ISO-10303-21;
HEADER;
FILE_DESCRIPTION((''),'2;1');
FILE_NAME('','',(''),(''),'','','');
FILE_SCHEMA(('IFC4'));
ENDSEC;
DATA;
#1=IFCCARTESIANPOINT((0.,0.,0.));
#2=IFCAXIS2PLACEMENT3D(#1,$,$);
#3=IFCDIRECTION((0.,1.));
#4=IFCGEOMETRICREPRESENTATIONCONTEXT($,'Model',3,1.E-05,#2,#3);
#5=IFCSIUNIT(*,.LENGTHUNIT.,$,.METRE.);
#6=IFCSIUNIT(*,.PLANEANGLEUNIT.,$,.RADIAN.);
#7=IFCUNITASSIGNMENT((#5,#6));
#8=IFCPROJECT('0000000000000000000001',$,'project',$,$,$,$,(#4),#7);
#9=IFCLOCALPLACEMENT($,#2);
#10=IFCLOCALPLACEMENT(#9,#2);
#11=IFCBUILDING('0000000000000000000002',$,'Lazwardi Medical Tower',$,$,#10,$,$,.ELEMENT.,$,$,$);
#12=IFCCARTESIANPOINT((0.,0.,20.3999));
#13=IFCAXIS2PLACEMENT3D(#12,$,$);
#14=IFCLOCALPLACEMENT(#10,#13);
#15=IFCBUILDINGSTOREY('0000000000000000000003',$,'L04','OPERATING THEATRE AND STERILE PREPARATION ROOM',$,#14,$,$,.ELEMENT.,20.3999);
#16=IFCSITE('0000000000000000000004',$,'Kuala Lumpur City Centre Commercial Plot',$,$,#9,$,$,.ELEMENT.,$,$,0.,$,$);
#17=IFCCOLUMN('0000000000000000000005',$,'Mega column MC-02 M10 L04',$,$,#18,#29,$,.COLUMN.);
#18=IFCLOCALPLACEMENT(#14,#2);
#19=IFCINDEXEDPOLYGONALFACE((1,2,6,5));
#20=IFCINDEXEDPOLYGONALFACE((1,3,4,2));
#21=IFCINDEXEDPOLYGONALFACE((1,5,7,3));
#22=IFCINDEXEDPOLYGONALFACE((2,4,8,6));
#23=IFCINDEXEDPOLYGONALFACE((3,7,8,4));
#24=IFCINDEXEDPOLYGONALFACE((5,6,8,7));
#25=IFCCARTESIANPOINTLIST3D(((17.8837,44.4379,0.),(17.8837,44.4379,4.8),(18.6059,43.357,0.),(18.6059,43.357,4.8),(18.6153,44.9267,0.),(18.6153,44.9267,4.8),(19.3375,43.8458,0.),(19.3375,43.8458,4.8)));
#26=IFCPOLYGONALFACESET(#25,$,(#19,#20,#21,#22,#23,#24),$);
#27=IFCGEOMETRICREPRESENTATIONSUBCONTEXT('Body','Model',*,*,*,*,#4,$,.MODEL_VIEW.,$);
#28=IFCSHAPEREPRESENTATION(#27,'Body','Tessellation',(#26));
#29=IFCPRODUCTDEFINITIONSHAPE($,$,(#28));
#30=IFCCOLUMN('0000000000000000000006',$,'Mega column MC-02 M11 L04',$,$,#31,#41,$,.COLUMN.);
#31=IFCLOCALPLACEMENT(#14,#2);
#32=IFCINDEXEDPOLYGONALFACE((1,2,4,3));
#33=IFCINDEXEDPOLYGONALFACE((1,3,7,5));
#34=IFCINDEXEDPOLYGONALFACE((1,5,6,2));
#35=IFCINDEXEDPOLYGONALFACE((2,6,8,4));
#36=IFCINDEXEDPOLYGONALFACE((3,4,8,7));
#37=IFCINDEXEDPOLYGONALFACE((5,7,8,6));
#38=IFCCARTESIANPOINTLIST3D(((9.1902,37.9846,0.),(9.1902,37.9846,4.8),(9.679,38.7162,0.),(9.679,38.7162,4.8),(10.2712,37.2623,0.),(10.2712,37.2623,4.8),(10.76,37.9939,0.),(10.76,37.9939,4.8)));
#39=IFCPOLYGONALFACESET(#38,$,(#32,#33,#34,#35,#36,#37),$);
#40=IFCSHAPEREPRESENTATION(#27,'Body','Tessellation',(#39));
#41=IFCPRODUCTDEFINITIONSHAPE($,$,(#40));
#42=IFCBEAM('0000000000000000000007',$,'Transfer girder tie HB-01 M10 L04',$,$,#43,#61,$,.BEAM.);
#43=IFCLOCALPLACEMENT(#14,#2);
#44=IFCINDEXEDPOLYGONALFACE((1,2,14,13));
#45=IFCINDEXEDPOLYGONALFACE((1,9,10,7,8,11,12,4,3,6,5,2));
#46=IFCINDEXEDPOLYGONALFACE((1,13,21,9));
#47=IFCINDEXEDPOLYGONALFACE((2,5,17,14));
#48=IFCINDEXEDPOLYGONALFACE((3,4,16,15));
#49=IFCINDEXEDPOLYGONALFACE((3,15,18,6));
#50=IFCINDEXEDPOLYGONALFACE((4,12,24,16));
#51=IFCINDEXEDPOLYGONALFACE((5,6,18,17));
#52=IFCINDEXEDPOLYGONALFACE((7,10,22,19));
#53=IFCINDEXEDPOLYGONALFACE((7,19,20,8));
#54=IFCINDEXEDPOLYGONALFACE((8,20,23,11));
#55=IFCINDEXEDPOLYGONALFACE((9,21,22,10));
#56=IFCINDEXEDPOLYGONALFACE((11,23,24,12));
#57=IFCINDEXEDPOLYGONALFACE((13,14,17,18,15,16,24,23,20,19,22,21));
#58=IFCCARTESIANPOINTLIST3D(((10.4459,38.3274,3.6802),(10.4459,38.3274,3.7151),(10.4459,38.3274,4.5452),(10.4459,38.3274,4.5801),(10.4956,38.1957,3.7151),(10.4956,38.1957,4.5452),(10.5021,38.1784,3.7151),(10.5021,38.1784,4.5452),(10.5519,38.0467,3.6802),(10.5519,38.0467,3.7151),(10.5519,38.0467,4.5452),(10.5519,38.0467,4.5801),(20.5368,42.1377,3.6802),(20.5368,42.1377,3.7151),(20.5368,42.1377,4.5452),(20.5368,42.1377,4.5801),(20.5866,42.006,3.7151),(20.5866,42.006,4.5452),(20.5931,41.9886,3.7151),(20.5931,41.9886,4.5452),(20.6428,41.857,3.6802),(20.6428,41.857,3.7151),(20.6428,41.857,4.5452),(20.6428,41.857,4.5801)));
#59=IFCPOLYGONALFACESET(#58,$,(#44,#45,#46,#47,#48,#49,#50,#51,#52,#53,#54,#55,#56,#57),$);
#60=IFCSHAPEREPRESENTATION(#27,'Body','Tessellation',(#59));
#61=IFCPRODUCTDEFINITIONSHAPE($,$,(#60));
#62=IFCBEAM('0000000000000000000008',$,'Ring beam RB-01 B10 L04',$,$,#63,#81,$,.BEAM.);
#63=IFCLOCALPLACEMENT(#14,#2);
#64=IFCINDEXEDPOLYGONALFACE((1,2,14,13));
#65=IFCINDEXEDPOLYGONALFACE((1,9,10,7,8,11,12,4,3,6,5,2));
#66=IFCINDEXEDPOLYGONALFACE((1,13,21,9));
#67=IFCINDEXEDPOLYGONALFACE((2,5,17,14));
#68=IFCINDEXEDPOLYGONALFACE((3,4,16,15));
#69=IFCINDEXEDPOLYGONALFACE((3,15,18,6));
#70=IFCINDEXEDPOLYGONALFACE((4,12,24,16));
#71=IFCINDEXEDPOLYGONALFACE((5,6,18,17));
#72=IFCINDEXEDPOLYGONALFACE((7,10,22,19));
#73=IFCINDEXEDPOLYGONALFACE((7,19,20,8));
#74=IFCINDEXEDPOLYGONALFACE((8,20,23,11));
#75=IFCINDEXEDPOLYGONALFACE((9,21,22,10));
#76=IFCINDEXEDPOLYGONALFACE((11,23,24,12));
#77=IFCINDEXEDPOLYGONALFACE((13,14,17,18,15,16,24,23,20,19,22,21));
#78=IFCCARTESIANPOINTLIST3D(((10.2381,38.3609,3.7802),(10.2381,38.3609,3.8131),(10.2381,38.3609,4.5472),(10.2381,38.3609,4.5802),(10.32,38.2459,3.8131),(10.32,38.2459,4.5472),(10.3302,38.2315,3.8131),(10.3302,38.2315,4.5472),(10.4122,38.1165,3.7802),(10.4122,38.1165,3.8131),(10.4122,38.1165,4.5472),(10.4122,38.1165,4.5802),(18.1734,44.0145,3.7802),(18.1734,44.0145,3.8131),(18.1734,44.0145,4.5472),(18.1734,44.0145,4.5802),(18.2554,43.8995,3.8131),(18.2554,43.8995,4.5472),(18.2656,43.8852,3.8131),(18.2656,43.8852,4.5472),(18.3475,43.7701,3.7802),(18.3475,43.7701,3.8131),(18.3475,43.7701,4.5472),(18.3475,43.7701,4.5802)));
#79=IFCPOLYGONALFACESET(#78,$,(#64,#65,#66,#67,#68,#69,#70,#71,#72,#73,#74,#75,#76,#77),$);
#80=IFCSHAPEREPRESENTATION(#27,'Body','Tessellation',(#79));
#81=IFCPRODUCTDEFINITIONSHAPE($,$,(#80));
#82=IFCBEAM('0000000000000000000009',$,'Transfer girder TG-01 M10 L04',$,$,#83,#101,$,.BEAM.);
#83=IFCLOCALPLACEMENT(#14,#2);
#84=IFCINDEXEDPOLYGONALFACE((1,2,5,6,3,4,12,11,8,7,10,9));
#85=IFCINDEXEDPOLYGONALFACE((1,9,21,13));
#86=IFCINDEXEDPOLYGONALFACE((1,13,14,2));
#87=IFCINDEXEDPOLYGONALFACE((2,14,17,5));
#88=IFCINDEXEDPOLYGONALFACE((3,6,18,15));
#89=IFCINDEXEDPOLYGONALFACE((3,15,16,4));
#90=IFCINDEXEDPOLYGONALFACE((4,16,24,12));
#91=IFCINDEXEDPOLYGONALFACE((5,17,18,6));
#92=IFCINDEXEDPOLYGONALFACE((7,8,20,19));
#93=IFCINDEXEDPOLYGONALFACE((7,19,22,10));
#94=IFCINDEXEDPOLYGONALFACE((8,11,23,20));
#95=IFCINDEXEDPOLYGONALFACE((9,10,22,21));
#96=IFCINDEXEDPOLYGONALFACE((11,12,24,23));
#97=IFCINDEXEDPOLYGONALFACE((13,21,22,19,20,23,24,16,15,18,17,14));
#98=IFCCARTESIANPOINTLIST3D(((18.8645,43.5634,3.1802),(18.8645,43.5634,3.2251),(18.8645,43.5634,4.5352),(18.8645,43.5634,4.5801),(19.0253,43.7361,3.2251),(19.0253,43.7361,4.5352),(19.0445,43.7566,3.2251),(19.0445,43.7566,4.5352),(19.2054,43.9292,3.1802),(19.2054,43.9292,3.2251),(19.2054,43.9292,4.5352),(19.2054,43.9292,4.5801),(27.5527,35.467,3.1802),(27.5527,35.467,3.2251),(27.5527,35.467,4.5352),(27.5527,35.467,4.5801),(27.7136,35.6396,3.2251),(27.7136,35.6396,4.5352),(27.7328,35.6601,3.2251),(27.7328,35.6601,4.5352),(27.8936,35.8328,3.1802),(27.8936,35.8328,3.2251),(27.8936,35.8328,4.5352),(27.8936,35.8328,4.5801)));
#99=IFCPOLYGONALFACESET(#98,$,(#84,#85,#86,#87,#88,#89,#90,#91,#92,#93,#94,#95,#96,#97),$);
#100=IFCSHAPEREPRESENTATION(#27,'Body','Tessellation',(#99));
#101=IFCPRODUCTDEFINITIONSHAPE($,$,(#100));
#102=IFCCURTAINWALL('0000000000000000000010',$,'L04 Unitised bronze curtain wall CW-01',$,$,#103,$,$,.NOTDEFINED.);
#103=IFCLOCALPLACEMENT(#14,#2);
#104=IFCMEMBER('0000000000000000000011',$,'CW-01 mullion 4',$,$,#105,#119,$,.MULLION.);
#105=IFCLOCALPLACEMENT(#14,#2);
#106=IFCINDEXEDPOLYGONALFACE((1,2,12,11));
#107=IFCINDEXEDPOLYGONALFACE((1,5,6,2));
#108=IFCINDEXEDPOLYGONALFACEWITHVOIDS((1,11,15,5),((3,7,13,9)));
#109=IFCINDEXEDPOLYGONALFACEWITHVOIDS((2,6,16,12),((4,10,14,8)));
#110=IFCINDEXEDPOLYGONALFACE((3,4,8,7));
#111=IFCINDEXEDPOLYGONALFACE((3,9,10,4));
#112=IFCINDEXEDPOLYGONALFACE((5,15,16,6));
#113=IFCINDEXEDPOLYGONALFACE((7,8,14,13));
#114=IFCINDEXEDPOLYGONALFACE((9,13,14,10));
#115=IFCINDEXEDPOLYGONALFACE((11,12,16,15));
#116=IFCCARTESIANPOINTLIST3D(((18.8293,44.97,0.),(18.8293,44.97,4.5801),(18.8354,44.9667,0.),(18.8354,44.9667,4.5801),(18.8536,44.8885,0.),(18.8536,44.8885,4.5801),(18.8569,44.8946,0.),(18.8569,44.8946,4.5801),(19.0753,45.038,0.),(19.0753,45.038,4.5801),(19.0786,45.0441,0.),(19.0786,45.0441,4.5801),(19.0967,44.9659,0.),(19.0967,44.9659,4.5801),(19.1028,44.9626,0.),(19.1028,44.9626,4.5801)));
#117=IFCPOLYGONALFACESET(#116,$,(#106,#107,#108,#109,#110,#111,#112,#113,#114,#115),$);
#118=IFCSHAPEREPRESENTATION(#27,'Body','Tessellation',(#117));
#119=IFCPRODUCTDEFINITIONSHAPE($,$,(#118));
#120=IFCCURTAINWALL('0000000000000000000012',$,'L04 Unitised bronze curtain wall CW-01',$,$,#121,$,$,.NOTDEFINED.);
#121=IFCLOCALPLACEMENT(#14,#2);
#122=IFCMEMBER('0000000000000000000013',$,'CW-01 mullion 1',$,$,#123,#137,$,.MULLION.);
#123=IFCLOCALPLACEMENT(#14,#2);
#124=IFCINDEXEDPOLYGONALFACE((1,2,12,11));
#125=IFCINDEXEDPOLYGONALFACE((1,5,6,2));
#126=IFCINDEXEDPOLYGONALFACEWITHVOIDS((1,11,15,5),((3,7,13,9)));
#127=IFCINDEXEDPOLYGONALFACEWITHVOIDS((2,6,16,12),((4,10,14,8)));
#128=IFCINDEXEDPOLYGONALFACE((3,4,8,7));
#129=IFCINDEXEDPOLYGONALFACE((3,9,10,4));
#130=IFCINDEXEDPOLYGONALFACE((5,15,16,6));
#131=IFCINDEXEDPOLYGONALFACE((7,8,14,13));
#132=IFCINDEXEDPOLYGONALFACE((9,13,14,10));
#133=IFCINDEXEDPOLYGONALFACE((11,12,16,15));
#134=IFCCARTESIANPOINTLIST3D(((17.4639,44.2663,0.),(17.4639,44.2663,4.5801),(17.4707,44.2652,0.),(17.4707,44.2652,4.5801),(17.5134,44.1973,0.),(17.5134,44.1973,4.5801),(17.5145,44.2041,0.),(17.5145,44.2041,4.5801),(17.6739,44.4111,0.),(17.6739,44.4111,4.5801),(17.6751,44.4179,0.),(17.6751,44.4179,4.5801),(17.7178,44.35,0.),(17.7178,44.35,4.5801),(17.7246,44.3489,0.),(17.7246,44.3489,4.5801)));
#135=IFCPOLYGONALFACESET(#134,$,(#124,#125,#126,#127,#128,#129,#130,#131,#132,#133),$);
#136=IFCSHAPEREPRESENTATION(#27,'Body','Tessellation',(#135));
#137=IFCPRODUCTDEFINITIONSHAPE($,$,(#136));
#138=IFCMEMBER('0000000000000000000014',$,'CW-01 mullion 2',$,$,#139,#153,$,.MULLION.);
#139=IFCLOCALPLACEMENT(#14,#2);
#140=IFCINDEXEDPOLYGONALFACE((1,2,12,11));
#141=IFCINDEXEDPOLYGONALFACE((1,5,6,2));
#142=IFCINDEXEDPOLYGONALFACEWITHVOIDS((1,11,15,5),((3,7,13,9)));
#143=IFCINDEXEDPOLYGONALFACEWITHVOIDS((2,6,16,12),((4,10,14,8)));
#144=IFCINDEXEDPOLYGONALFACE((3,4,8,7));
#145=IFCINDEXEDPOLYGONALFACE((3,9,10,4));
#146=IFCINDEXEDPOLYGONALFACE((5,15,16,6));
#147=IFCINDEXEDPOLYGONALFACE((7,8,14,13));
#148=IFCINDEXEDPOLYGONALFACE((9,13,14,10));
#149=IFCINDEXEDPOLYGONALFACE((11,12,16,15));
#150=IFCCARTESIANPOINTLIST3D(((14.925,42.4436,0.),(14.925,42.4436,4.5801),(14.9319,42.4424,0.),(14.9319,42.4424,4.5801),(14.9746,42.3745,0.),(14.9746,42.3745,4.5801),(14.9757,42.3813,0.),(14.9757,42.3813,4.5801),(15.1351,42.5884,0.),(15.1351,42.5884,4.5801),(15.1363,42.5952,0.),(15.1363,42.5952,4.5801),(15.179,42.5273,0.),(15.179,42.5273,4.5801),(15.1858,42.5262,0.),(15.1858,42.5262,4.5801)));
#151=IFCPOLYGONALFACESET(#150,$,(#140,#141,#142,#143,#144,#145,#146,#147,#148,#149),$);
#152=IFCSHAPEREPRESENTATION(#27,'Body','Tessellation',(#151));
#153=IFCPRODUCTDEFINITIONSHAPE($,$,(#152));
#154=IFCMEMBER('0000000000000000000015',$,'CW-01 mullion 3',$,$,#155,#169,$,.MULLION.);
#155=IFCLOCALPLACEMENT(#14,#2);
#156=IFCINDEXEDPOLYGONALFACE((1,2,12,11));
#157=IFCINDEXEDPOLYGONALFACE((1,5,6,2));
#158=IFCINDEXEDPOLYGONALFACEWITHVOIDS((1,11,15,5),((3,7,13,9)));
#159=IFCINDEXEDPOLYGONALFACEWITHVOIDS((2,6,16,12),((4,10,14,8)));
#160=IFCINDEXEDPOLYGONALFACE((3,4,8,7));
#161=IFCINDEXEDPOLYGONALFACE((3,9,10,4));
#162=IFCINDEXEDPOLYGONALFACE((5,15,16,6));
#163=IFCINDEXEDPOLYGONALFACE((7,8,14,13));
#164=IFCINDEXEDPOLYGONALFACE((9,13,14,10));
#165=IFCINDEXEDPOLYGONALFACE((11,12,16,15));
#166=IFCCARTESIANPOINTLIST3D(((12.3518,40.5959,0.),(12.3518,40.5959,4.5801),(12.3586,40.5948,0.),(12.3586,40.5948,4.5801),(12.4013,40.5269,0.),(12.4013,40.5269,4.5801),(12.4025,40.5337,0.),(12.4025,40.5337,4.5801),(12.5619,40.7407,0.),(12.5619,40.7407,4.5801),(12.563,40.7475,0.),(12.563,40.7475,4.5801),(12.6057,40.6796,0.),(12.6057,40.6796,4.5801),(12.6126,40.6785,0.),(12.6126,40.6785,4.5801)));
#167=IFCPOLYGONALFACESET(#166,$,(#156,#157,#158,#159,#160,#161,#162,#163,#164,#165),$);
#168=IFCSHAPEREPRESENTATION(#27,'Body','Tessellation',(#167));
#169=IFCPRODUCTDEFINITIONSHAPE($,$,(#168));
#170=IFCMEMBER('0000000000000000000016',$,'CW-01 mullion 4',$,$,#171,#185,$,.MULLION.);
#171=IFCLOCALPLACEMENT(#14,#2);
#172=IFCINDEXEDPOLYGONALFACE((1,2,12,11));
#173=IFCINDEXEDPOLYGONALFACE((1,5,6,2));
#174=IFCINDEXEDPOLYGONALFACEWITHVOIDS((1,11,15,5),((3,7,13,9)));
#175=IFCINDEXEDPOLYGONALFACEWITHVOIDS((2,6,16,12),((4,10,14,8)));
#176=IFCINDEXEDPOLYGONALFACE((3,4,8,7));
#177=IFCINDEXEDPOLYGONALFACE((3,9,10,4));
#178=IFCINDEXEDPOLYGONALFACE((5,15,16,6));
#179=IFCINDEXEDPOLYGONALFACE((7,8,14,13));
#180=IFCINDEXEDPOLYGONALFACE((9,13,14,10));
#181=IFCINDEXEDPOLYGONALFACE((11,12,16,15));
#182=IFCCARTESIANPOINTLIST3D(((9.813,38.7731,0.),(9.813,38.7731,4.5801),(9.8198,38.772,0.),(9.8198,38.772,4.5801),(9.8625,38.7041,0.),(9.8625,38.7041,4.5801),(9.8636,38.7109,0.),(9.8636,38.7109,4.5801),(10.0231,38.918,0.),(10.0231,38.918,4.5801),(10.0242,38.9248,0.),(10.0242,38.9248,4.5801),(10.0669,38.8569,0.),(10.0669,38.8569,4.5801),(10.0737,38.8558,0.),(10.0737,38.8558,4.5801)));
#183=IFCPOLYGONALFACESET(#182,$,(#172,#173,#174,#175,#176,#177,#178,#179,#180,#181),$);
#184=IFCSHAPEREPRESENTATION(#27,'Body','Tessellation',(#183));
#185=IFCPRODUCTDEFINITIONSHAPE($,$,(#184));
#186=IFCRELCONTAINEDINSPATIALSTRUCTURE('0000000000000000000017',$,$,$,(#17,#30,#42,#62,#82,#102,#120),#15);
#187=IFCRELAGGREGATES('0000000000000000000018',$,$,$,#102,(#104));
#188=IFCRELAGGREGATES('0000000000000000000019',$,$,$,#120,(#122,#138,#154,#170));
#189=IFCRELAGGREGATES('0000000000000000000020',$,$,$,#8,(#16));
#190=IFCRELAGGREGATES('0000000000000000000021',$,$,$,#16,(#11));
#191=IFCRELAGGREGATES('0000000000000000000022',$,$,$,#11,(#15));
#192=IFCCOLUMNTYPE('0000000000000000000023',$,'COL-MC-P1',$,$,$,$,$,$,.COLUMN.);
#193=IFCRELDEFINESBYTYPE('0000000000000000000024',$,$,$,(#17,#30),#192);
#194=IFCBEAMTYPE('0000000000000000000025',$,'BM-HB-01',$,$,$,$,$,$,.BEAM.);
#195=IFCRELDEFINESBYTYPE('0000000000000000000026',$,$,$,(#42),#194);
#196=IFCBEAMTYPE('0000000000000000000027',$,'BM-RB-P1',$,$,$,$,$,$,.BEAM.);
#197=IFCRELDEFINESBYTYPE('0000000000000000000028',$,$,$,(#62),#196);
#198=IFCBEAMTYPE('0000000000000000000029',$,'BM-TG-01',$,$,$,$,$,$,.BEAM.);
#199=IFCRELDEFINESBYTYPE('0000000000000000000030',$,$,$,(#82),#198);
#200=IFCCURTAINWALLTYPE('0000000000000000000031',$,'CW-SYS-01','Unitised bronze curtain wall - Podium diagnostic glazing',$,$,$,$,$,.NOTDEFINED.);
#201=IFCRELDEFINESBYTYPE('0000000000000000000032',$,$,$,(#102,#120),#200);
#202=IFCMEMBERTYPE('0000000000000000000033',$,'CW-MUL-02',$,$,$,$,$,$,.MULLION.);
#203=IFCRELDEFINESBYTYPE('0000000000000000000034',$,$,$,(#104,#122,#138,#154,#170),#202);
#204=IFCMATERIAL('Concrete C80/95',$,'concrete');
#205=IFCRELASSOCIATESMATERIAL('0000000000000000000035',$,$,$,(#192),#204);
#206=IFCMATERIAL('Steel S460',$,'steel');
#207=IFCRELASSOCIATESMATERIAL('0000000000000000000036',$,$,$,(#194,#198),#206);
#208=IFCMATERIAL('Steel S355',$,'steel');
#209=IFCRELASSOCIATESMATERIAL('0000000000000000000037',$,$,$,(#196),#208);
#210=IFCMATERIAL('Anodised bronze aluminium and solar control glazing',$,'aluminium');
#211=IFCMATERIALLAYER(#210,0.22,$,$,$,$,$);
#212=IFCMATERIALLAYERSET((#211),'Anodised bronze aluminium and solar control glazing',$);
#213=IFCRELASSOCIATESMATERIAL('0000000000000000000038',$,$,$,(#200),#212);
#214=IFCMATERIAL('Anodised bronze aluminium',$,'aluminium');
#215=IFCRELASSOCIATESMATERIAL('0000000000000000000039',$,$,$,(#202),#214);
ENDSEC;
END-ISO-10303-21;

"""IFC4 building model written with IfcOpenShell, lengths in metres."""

from ifc_helpers import new_model, si_unit, direction, frame, origin, origin_2d, place, context, subcontext, project, spatial, rectangle, hollow_rectangle, i_section, extrude, material, layer, layer_set, material_profile, profile_set, type_object, element, aggregate, save


model = new_model("IFC4")

# Units and contexts
model_context = context("Model", 3, precision=1e-05, world=origin(), true_north=direction((0.0, 1.0)))
body_context = subcontext(model_context, "Body", "Model", "MODEL_VIEW")
ifc_project = project(units=[si_unit("LENGTHUNIT", "METRE"), si_unit("PLANEANGLEUNIT", "RADIAN")], contexts=[model_context])

# Site, building, storey
site_placement = place(None, origin())
site = spatial("IfcSite", under=ifc_project, at=site_placement, Name="Kuala Lumpur City Centre Commercial Plot", CompositionType="ELEMENT", RefElevation=0.0)
building_placement = place(site_placement, origin())
building = spatial("IfcBuilding", under=site, at=building_placement, Name="Lazwardi Medical Tower", CompositionType="ELEMENT")
storey_placement = place(building_placement, frame((0.0, 0.0, 20.3999)))
storey = spatial("IfcBuildingStorey", under=building, at=storey_placement, Name="L04", Description="OPERATING THEATRE AND STERILE PREPARATION ROOM", CompositionType="ELEMENT", Elevation=20.3999)

# Columns
ifc_material_1 = material(Name="Concrete C80/95", Category="concrete")
ifc_material_profile_1 = material_profile(ifc_material_1, rectangle(XDim=1.3, YDim=0.8799, at=origin_2d()), Name="CFT-RECT 1300x880")
ifc_profile_set_1 = profile_set([ifc_material_profile_1], Name="Concrete C80/95")
column_type = type_object("IfcColumnType", Name="COL-MC-P1", PredefinedType="COLUMN", material=ifc_profile_set_1)
for number, where, z_axis, x_axis, name in (
    (1, (18.6106, 44.1418, 0.0), (0.0, 0.0, 1.0), (-0.55557, 0.83147, 0.0), "Mega column MC-02 M10 L04"),
    (2, (9.9751, 37.9893, 0.0), (0.0, 0.0, 1.0), (-0.83147, 0.55557, 0.0), "Mega column MC-02 M11 L04"),
):
    element("IfcColumn", number, at=place(storey_placement, frame(where, z_axis=z_axis, x_axis=x_axis)), inside=storey, type_object=column_type, Name=name, PredefinedType="COLUMN", context=body_context, shape_type="SweptSolid", body=[
        extrude(rectangle(XDim=1.3, YDim=0.8799, at=origin_2d()), origin(), (0.0, 0.0, 1.0), 4.8),
    ])

# Beams
ifc_material_2 = material(Name="Steel S460", Category="steel")
ifc_material_profile_2 = material_profile(ifc_material_2, i_section(OverallWidth=0.3, OverallDepth=0.8999, WebThickness=0.0186, FlangeThickness=0.0349, at=origin_2d()), Name="HEB 900")
ifc_profile_set_2 = profile_set([ifc_material_profile_2], Name="Steel S460")
beam_type_1 = type_object("IfcBeamType", Name="BM-HB-01", PredefinedType="BEAM", material=ifc_profile_set_2)
beam_1_placement = place(storey_placement, frame((20.5898, 41.9973, 4.1301), z_axis=(-0.93553, -0.353248, 0.0), x_axis=(0.353248, -0.93553, 0.0)))
element("IfcBeam", 3, at=beam_1_placement, inside=storey, type_object=beam_type_1, Name="Transfer girder tie HB-01 M10 L04", PredefinedType="BEAM", context=body_context, shape_type="SweptSolid", body=[
    extrude(i_section(OverallWidth=0.3, OverallDepth=0.8999, WebThickness=0.0186, FlangeThickness=0.0349, at=origin_2d()), origin(), (0.0, 0.0, 1.0), 10.7864),
])
ifc_material_3 = material(Name="Steel S355", Category="steel")
ifc_material_profile_3 = material_profile(ifc_material_3, i_section(OverallWidth=0.3, OverallDepth=0.8, WebThickness=0.0176, FlangeThickness=0.033, at=origin_2d()), Name="HEB 800")
ifc_profile_set_3 = profile_set([ifc_material_profile_3], Name="Steel S355")
beam_type_2 = type_object("IfcBeamType", Name="BM-RB-P1", PredefinedType="BEAM", material=ifc_profile_set_3)
beam_2_placement = place(storey_placement, frame((18.2605, 43.8923, 4.1802), z_axis=(-0.814437, -0.580252, 0.0), x_axis=(0.580252, -0.814437, 0.0)))
element("IfcBeam", 4, at=beam_2_placement, inside=storey, type_object=beam_type_2, Name="Ring beam RB-01 B10 L04", PredefinedType="BEAM", context=body_context, shape_type="SweptSolid", body=[
    extrude(i_section(OverallWidth=0.3, OverallDepth=0.8, WebThickness=0.0176, FlangeThickness=0.033, at=origin_2d()), origin(), (0.0, 0.0, 1.0), 9.7434),
])
ifc_material_profile_4 = material_profile(ifc_material_2, i_section(OverallWidth=0.5, OverallDepth=1.3999, WebThickness=0.0281, FlangeThickness=0.0449, at=origin_2d()), Name="PG 1400x500")
ifc_profile_set_4 = profile_set([ifc_material_profile_4], Name="Steel S460")
beam_type_3 = type_object("IfcBeamType", Name="BM-TG-01", PredefinedType="BEAM", material=ifc_profile_set_4)
beam_3_placement = place(storey_placement, frame((19.0349, 43.7463, 3.8801), z_axis=(0.731583, -0.681752, 0.0), x_axis=(0.681752, 0.731583, 0.0)))
element("IfcBeam", 5, at=beam_3_placement, inside=storey, type_object=beam_type_3, Name="Transfer girder TG-01 M10 L04", PredefinedType="BEAM", context=body_context, shape_type="SweptSolid", body=[
    extrude(i_section(OverallWidth=0.5, OverallDepth=1.3999, WebThickness=0.0281, FlangeThickness=0.0449, at=origin_2d()), origin(), (0.0, 0.0, 1.0), 11.876),
])

# Curtain wall, member
ifc_material_4 = material(Name="Anodised bronze aluminium and solar control glazing", Category="aluminium")
ifc_layer_1 = layer(ifc_material_4, 0.22)
ifc_layer_set_1 = layer_set([ifc_layer_1], Name="Anodised bronze aluminium and solar control glazing")
curtain_wall_type = type_object("IfcCurtainWallType", Name="CW-SYS-01", Description="Unitised bronze curtain wall - Podium diagnostic glazing", PredefinedType="NOTDEFINED", material=ifc_layer_set_1)
curtain_wall_1_placement = place(storey_placement, origin())
curtain_wall_1 = element("IfcCurtainWall", 6, at=curtain_wall_1_placement, inside=storey, type_object=curtain_wall_type, Name="L04 Unitised bronze curtain wall CW-01", PredefinedType="NOTDEFINED")
ifc_material_5 = material(Name="Anodised bronze aluminium", Category="aluminium")
ifc_material_profile_5 = material_profile(ifc_material_5, hollow_rectangle(XDim=0.085, YDim=0.26, WallThickness=0.0049, at=origin_2d()), Name="ALU-MULLION 260x85x5")
ifc_profile_set_5 = profile_set([ifc_material_profile_5], Name="Anodised bronze aluminium")
member_type_1 = type_object("IfcMemberType", Name="CW-MUL-02", PredefinedType="MULLION", material=ifc_profile_set_5)
member_1_placement = place(storey_placement, frame((18.9661, 44.9663, 0.0), z_axis=(0.0, 0.0, 1.0), x_axis=(0.285047, -0.958513, 0.0)))
member_1 = element("IfcMember", 7, at=member_1_placement, type_object=member_type_1, Name="CW-01 mullion 4", PredefinedType="MULLION", context=body_context, shape_type="SweptSolid", body=[
    extrude(hollow_rectangle(XDim=0.085, YDim=0.26, WallThickness=0.0049, at=origin_2d()), origin(), (0.0, 0.0, 1.0), 4.5801),
])
aggregate(curtain_wall_1, [member_1])

# Curtain wall, members
curtain_wall_2_placement = place(storey_placement, origin())
curtain_wall_2 = element("IfcCurtainWall", 8, at=curtain_wall_2_placement, inside=storey, type_object=curtain_wall_type, Name="L04 Unitised bronze curtain wall CW-01", PredefinedType="NOTDEFINED")
member_2_placement = place(storey_placement, frame((17.5942, 44.3076, 0.0), z_axis=(0.0, 0.0, 1.0), x_axis=(0.583214, -0.812318, 0.0)))
member_2 = element("IfcMember", 9, at=member_2_placement, type_object=member_type_1, Name="CW-01 mullion 1", PredefinedType="MULLION", context=body_context, shape_type="SweptSolid", body=[
    extrude(hollow_rectangle(XDim=0.085, YDim=0.26, WallThickness=0.0049, at=origin_2d()), origin(), (0.0, 0.0, 1.0), 4.5801),
])
member_3_placement = place(storey_placement, frame((15.0554, 42.4849, 0.0), z_axis=(0.0, 0.0, 1.0), x_axis=(0.583214, -0.812318, 0.0)))
member_3 = element("IfcMember", 10, at=member_3_placement, type_object=member_type_1, Name="CW-01 mullion 2", PredefinedType="MULLION", context=body_context, shape_type="SweptSolid", body=[
    extrude(hollow_rectangle(XDim=0.085, YDim=0.26, WallThickness=0.0049, at=origin_2d()), origin(), (0.0, 0.0, 1.0), 4.5801),
])
member_4_placement = place(storey_placement, frame((12.4822, 40.6372, 0.0), z_axis=(0.0, 0.0, 1.0), x_axis=(0.583214, -0.812318, 0.0)))
member_4 = element("IfcMember", 11, at=member_4_placement, type_object=member_type_1, Name="CW-01 mullion 3", PredefinedType="MULLION", context=body_context, shape_type="SweptSolid", body=[
    extrude(hollow_rectangle(XDim=0.085, YDim=0.26, WallThickness=0.0049, at=origin_2d()), origin(), (0.0, 0.0, 1.0), 4.5801),
])
member_5_placement = place(storey_placement, frame((9.9434, 38.8145, 0.0), z_axis=(0.0, 0.0, 1.0), x_axis=(0.583214, -0.812318, 0.0)))
member_5 = element("IfcMember", 12, at=member_5_placement, type_object=member_type_1, Name="CW-01 mullion 4", PredefinedType="MULLION", context=body_context, shape_type="SweptSolid", body=[
    extrude(hollow_rectangle(XDim=0.085, YDim=0.26, WallThickness=0.0049, at=origin_2d()), origin(), (0.0, 0.0, 1.0), 4.5801),
])

aggregate(curtain_wall_2, [member_2, member_3, member_4, member_5])

save(model, "model.ifc")
